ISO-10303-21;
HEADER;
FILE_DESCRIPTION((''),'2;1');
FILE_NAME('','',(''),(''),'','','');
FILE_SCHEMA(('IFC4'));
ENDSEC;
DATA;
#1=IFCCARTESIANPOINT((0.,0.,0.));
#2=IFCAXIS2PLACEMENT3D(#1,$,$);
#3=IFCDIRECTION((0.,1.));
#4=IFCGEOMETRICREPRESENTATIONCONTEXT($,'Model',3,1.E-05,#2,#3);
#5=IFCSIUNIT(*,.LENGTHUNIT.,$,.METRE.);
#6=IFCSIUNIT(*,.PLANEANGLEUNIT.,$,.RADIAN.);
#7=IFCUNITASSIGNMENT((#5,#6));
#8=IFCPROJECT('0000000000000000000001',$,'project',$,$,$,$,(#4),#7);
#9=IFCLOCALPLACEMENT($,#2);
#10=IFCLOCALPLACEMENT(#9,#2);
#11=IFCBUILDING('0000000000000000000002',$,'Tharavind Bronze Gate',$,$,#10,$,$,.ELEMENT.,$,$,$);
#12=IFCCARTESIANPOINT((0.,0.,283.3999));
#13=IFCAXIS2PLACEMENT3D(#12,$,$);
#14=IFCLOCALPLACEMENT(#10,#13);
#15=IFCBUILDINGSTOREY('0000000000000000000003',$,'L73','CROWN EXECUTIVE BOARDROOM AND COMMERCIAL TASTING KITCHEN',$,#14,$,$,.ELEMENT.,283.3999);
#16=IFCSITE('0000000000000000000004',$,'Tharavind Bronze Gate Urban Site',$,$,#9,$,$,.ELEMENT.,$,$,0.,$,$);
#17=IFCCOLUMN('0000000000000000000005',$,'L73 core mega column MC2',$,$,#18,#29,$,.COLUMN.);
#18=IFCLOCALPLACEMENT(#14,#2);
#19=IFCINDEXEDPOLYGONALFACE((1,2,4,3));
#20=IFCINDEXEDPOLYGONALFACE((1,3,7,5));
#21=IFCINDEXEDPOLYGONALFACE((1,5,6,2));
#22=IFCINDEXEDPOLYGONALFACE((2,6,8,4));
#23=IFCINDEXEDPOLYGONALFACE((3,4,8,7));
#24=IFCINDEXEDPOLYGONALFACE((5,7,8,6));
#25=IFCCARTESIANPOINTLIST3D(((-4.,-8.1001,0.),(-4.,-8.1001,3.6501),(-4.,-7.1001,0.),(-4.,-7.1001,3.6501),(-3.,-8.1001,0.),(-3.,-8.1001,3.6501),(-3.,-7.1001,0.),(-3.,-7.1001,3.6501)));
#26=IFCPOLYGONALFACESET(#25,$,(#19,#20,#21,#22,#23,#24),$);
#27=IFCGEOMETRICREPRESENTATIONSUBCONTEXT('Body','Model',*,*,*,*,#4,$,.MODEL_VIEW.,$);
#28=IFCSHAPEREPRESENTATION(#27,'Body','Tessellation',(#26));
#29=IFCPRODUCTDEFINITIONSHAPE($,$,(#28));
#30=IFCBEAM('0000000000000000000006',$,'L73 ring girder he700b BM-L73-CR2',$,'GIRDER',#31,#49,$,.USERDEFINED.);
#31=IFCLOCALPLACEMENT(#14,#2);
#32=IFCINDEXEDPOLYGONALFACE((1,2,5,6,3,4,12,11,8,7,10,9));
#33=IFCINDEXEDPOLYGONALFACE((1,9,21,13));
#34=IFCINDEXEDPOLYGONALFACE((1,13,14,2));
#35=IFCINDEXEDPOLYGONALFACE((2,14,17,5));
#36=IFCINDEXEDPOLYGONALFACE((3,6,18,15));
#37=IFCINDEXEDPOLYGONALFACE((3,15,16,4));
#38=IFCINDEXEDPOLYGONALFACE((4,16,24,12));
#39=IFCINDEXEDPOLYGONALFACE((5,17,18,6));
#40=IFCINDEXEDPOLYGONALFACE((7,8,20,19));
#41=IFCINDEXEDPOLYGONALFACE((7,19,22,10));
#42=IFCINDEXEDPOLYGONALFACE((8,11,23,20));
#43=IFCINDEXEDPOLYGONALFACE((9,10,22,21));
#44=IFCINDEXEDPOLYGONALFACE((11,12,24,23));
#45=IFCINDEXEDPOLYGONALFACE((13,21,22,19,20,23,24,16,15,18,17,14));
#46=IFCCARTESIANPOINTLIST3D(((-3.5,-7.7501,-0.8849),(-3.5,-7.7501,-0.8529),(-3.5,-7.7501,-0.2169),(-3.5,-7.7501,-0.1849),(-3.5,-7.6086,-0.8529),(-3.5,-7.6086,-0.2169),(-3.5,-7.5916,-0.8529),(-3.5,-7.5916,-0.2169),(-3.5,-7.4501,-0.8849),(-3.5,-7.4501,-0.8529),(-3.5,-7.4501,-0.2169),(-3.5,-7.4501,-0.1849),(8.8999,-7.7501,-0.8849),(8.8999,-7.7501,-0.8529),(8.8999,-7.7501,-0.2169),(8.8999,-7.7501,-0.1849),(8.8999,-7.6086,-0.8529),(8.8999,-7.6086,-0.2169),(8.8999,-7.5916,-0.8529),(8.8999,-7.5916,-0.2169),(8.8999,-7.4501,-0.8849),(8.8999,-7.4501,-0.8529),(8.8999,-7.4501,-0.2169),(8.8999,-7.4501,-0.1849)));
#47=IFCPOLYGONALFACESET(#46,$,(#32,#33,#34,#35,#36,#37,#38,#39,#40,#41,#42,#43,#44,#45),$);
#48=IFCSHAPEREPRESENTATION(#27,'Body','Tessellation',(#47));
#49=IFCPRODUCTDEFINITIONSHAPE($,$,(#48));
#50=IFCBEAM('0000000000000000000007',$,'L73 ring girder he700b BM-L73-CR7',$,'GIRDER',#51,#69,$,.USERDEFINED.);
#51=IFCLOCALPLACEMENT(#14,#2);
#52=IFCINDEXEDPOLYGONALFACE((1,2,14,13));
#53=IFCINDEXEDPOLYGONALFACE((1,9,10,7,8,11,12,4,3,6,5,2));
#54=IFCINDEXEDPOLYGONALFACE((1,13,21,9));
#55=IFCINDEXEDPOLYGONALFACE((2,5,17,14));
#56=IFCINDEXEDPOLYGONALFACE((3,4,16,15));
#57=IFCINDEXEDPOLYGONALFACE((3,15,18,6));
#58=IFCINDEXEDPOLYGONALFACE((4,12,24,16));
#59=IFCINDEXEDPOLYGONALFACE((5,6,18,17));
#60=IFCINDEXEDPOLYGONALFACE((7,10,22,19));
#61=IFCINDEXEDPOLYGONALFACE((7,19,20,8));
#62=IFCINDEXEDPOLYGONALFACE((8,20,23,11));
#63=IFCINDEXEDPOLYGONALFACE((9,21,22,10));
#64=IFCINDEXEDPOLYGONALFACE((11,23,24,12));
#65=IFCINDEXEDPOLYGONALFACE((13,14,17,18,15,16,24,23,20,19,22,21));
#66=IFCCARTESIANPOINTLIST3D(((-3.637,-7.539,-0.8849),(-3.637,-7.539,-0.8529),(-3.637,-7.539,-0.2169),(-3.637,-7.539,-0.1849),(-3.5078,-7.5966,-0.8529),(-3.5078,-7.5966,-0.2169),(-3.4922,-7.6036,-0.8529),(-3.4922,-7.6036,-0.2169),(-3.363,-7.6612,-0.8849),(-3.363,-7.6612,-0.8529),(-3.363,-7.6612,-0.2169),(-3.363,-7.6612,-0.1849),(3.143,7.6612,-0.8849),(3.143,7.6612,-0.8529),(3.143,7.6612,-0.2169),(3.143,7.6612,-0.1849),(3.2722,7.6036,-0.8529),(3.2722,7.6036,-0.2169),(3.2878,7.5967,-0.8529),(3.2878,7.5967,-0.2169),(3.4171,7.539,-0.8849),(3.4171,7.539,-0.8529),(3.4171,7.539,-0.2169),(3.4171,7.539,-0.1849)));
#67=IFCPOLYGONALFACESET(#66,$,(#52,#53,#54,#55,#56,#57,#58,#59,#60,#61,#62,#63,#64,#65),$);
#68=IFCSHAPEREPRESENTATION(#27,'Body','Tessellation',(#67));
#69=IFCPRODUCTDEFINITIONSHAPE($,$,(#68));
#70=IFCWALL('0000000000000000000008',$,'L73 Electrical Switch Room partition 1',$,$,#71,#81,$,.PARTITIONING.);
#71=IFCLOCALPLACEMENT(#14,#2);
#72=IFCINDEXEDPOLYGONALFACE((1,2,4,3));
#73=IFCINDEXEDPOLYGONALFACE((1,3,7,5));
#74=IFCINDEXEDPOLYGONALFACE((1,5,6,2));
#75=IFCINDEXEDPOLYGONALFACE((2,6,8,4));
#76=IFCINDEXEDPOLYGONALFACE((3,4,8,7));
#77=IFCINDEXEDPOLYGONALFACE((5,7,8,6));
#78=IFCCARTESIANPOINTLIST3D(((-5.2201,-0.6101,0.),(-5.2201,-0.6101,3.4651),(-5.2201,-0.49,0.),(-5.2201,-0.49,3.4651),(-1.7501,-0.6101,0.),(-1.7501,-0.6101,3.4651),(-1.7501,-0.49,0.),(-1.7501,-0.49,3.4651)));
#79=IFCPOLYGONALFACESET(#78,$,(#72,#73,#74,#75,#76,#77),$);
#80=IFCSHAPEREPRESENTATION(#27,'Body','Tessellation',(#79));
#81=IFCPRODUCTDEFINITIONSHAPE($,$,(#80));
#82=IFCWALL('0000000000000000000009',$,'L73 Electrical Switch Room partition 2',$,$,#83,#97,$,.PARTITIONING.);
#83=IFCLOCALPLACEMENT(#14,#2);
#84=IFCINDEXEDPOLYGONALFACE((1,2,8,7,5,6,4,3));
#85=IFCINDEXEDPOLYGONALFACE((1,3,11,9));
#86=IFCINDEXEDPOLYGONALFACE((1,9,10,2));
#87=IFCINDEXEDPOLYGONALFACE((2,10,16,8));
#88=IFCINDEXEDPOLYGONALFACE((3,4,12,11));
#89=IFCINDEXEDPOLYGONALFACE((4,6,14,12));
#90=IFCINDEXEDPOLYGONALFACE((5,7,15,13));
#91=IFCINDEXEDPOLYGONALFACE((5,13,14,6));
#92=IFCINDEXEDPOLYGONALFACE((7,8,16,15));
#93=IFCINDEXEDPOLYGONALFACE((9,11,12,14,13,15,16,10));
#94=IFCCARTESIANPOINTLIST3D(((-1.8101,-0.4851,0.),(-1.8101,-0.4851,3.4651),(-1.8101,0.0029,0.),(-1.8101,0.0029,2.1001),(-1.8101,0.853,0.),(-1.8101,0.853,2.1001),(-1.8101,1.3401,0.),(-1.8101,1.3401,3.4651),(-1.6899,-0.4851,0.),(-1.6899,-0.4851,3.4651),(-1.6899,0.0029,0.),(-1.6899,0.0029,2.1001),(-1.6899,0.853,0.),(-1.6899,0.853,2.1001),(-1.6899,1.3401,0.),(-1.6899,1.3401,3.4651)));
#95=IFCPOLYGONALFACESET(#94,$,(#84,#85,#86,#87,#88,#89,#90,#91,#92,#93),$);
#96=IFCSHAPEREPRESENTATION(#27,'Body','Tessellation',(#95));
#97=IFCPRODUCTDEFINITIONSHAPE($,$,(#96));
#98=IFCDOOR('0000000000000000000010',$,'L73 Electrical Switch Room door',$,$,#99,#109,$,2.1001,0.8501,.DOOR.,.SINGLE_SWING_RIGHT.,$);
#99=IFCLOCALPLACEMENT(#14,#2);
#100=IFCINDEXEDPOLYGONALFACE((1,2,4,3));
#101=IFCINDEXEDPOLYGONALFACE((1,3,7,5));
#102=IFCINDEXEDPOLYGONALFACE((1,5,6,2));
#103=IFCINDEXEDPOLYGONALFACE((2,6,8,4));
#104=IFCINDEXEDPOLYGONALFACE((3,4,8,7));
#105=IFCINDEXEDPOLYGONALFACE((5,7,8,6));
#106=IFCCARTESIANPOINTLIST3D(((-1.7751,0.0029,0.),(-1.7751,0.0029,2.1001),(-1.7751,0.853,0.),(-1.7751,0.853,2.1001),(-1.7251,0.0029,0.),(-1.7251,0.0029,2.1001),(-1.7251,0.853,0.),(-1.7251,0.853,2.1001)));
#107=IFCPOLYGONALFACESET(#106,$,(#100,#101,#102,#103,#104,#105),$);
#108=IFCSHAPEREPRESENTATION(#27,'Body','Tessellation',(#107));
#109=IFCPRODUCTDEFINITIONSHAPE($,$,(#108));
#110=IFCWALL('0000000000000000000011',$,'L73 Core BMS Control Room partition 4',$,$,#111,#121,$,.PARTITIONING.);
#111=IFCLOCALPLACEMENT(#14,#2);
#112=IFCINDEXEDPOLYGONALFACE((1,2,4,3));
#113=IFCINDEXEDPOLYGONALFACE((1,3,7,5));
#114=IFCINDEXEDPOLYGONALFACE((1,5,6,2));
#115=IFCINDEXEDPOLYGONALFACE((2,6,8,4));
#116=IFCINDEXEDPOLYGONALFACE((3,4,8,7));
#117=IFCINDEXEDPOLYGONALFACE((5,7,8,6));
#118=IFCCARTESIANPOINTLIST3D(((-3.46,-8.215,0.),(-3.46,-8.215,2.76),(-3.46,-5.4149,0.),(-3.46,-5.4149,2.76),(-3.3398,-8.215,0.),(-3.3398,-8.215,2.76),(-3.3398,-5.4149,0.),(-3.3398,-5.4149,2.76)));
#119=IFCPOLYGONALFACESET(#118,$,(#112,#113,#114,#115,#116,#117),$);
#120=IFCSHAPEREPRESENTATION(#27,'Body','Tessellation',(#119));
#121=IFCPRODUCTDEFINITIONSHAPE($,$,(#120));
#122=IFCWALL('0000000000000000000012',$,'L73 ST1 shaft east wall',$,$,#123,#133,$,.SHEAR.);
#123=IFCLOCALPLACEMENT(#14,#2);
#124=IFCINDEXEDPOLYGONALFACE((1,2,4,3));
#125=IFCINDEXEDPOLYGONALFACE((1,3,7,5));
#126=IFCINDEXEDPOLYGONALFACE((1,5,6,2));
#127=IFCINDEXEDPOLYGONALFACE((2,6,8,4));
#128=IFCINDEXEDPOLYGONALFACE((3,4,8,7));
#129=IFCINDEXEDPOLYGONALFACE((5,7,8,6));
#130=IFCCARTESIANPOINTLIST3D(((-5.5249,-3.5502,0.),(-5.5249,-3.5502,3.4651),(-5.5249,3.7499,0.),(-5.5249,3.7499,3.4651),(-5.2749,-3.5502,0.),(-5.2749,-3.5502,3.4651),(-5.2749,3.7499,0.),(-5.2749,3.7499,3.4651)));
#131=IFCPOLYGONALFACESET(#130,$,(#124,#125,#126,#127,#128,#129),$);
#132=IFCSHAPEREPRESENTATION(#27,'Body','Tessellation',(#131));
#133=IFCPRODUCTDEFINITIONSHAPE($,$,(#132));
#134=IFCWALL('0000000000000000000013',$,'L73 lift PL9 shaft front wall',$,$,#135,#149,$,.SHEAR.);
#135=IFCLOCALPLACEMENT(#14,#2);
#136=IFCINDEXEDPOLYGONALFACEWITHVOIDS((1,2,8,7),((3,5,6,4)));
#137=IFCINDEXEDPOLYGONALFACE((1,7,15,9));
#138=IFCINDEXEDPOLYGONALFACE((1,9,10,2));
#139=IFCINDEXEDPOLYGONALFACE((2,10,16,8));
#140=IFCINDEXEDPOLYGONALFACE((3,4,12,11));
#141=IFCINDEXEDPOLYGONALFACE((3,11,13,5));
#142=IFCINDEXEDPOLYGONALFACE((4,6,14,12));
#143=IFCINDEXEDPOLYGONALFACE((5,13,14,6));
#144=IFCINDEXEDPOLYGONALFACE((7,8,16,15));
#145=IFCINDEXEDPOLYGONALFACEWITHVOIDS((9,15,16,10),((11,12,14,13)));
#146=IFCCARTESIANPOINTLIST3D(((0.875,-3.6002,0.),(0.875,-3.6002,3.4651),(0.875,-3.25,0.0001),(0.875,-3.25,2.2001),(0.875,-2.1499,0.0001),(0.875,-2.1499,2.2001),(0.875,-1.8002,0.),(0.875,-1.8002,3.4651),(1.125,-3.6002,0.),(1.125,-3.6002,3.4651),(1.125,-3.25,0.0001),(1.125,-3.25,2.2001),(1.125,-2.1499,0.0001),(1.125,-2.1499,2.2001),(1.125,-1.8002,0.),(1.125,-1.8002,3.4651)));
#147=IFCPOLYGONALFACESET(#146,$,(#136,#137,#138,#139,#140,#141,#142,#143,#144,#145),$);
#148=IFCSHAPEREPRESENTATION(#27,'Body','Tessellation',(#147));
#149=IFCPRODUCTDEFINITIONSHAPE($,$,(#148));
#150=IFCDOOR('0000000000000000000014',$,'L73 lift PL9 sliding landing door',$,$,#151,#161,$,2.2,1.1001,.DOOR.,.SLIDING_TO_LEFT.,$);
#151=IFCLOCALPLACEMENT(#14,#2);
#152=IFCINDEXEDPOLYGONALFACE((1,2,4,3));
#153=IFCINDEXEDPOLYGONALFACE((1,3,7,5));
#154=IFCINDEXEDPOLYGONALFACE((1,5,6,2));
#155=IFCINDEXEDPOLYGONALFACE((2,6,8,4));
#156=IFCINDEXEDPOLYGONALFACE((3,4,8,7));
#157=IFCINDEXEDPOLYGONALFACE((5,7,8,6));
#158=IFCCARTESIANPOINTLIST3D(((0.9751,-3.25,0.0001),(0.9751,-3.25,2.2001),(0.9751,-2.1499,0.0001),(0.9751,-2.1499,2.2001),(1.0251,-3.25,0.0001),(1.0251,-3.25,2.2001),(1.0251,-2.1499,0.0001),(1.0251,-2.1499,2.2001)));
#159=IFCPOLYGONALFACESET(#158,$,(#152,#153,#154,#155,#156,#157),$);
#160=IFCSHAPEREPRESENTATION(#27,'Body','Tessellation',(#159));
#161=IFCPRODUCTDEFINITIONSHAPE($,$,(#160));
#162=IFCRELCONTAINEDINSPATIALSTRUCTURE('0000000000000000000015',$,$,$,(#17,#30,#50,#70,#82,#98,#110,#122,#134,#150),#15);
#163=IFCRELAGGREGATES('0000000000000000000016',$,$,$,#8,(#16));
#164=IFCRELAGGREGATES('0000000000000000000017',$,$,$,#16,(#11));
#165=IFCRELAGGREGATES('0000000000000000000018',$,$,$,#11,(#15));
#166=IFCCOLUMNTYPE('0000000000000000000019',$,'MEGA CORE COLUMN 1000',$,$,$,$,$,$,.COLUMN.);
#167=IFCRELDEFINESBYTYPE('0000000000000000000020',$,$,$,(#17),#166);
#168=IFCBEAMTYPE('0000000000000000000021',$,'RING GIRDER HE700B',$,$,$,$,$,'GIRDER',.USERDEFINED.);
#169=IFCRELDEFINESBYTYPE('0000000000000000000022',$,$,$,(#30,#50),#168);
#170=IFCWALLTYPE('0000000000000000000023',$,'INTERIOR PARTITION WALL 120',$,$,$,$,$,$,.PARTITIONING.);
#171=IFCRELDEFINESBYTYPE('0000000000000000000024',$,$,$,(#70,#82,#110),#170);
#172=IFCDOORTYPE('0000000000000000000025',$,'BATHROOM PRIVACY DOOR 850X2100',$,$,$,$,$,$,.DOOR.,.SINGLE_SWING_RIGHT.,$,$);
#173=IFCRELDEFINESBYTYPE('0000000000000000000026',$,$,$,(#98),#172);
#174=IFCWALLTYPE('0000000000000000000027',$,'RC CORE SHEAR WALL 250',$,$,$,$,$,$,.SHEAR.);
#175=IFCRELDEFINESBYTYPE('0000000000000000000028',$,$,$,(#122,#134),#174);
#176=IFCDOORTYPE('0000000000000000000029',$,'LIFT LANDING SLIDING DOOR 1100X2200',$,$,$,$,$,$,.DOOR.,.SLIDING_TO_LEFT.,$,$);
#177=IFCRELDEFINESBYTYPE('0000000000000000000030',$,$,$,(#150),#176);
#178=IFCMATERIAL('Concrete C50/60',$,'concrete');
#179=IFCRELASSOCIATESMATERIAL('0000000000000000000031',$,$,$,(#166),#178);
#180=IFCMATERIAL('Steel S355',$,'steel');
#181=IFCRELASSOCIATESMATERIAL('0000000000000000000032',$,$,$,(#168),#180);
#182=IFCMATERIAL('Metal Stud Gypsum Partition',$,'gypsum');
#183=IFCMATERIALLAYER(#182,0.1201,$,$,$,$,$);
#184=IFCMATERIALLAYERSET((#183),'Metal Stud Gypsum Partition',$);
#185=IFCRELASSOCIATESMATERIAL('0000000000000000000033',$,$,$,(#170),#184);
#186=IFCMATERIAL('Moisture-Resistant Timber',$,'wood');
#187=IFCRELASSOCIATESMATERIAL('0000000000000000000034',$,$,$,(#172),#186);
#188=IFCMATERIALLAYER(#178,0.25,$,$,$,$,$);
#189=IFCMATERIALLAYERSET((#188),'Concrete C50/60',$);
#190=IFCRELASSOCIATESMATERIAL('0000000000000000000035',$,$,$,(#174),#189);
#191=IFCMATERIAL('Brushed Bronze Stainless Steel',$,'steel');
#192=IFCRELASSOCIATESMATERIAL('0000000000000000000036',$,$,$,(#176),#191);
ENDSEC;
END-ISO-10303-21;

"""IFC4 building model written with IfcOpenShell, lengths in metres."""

from ifc_helpers import new_model, si_unit, direction, frame, frame_2d, origin, origin_2d, place, context, subcontext, project, spatial, rectangle, i_section, extrude, material, layer, layer_set, material_profile, profile_set, type_object, element, fill, save


model = new_model("IFC4")

# Units and contexts
model_context = context("Model", 3, precision=1e-05, world=origin(), true_north=direction((0.0, 1.0)))
body_context = subcontext(model_context, "Body", "Model", "MODEL_VIEW")
ifc_project = project(units=[si_unit("LENGTHUNIT", "METRE"), si_unit("PLANEANGLEUNIT", "RADIAN")], contexts=[model_context])

# Site, building, storey
site_placement = place(None, origin())
site = spatial("IfcSite", under=ifc_project, at=site_placement, Name="Tharavind Bronze Gate Urban Site", CompositionType="ELEMENT", RefElevation=0.0)
building_placement = place(site_placement, origin())
building = spatial("IfcBuilding", under=site, at=building_placement, Name="Tharavind Bronze Gate", CompositionType="ELEMENT")
storey_placement = place(building_placement, frame((0.0, 0.0, 283.3999)))
storey = spatial("IfcBuildingStorey", under=building, at=storey_placement, Name="L73", Description="CROWN EXECUTIVE BOARDROOM AND COMMERCIAL TASTING KITCHEN", CompositionType="ELEMENT", Elevation=283.3999)

# Column
ifc_material_1 = material(Name="Concrete C50/60", Category="concrete")
ifc_material_profile_1 = material_profile(ifc_material_1, rectangle(XDim=1.0, YDim=1.0, at=origin_2d()), Name="RCCOL1000")
ifc_profile_set_1 = profile_set([ifc_material_profile_1], Name="Concrete C50/60")
column_type = type_object("IfcColumnType", Name="MEGA CORE COLUMN 1000", PredefinedType="COLUMN", material=ifc_profile_set_1)
column_placement = place(storey_placement, frame((-3.5, -7.6001, 0.0), z_axis=(0.0, 0.0, 1.0), x_axis=(1.0, 0.0, 0.0)))
element("IfcColumn", 1, at=column_placement, inside=storey, type_object=column_type, Name="L73 core mega column MC2", PredefinedType="COLUMN", context=body_context, shape_type="SweptSolid", body=[
    extrude(rectangle(XDim=1.0, YDim=1.0, at=origin_2d()), origin(), (0.0, 0.0, 1.0), 3.6501),
])

# Beams
ifc_material_2 = material(Name="Steel S355", Category="steel")
ifc_material_profile_2 = material_profile(ifc_material_2, i_section(OverallWidth=0.3, OverallDepth=0.7, WebThickness=0.0171, FlangeThickness=0.032, at=origin_2d()), Name="HE700B")
ifc_profile_set_2 = profile_set([ifc_material_profile_2], Name="Steel S355")
beam_type = type_object("IfcBeamType", Name="RING GIRDER HE700B", ElementType="GIRDER", PredefinedType="USERDEFINED", material=ifc_profile_set_2)
beam_1_placement = place(storey_placement, frame((-3.5, -7.6001, -0.5349), z_axis=(1.0, 0.0, 0.0), x_axis=(0.0, 1.0, 0.0)))
element("IfcBeam", 2, at=beam_1_placement, inside=storey, type_object=beam_type, Name="L73 ring girder he700b BM-L73-CR2", ObjectType="GIRDER", PredefinedType="USERDEFINED", context=body_context, shape_type="SweptSolid", body=[
    extrude(i_section(OverallWidth=0.3, OverallDepth=0.7, WebThickness=0.0171, FlangeThickness=0.032, at=origin_2d()), origin(), (0.0, 0.0, 1.0), 12.3999),
])
beam_2_placement = place(storey_placement, frame((-3.5, -7.6001, -0.5349), z_axis=(0.407362, 0.913267, 0.0), x_axis=(-0.913267, 0.407362, 0.0)))
element("IfcBeam", 3, at=beam_2_placement, inside=storey, type_object=beam_type, Name="L73 ring girder he700b BM-L73-CR7", ObjectType="GIRDER", PredefinedType="USERDEFINED", context=body_context, shape_type="SweptSolid", body=[
    extrude(i_section(OverallWidth=0.3, OverallDepth=0.7, WebThickness=0.0171, FlangeThickness=0.032, at=origin_2d()), origin(), (0.0, 0.0, 1.0), 16.6438),
])

# Wall
ifc_material_3 = material(Name="Metal Stud Gypsum Partition", Category="gypsum")
ifc_layer_1 = layer(ifc_material_3, 0.1201)
ifc_layer_set_1 = layer_set([ifc_layer_1], Name="Metal Stud Gypsum Partition")
wall_type_1 = type_object("IfcWallType", Name="INTERIOR PARTITION WALL 120", PredefinedType="PARTITIONING", material=ifc_layer_set_1)
wall_1_placement = place(storey_placement, frame((-5.22, -0.55, 0.0), z_axis=(0.0, 0.0, 1.0), x_axis=(1.0, 0.0, 0.0)))
element("IfcWall", 4, at=wall_1_placement, inside=storey, type_object=wall_type_1, Name="L73 Electrical Switch Room partition 1", PredefinedType="PARTITIONING", context=body_context, shape_type="SweptSolid", body=[
    extrude(rectangle(XDim=3.47, YDim=0.1201, at=frame_2d((1.7349, 0.0))), origin(), (0.0, 0.0, 1.0), 3.4651),
])

# Wall, opening, door
wall_2_placement = place(storey_placement, frame((-1.75, -0.4851, 0.0), z_axis=(0.0, 0.0, 1.0), x_axis=(0.0, 1.0, 0.0)))
wall_2 = element("IfcWall", 5, at=wall_2_placement, inside=storey, type_object=wall_type_1, Name="L73 Electrical Switch Room partition 2", PredefinedType="PARTITIONING", context=body_context, shape_type="SweptSolid", body=[
    extrude(rectangle(XDim=1.8252, YDim=0.1201, at=frame_2d((0.9126, 0.0))), origin(), (0.0, 0.0, 1.0), 3.4651),
])
opening_1_placement = place(wall_2_placement, frame((0.488, 0.0, 0.0)))
opening_1 = element("IfcOpeningElement", 6, at=opening_1_placement, cuts=wall_2, PredefinedType="OPENING", context=body_context, shape_type="SweptSolid", body=[
    extrude(rectangle(XDim=0.8501, YDim=2.1001, at=frame_2d((0.425, 1.05))), frame((0.0, 0.0701, 0.0), z_axis=(0.0, -1.0, 0.0), x_axis=(1.0, 0.0, 0.0)), (0.0, 0.0, 1.0), 0.1401),
])
ifc_material_4 = material(Name="Moisture-Resistant Timber", Category="wood")
door_type_1 = type_object("IfcDoorType", Name="BATHROOM PRIVACY DOOR 850X2100", OperationType="SINGLE_SWING_RIGHT", PredefinedType="DOOR", material=ifc_material_4)
door_1_placement = place(opening_1_placement, frame((0.8501, 0.0, 0.0), z_axis=(0.0, 0.0, 1.0), x_axis=(-1.0, 0.0, 0.0)))
door_1 = element("IfcDoor", 7, at=door_1_placement, inside=storey, type_object=door_type_1, Name="L73 Electrical Switch Room door", OperationType="SINGLE_SWING_RIGHT", OverallHeight=2.1001, OverallWidth=0.8501, PredefinedType="DOOR", context=body_context, shape_type="SweptSolid", body=[
    extrude(rectangle(XDim=0.8501, YDim=2.1001, at=frame_2d((0.425, 1.05))), frame((0.0, 0.0249, 0.0), z_axis=(0.0, -1.0, 0.0), x_axis=(1.0, 0.0, 0.0)), (0.0, 0.0, 1.0), 0.05),
])
fill(opening_1, door_1)

# Walls
wall_3_placement = place(storey_placement, frame((-3.3999, -5.415, 0.0), z_axis=(0.0, 0.0, 1.0), x_axis=(0.0, -1.0, 0.0)))
element("IfcWall", 8, at=wall_3_placement, inside=storey, type_object=wall_type_1, Name="L73 Core BMS Control Room partition 4", PredefinedType="PARTITIONING", context=body_context, shape_type="SweptSolid", body=[
    extrude(rectangle(XDim=2.8, YDim=0.1201, at=frame_2d((1.3999, 0.0))), origin(), (0.0, 0.0, 1.0), 2.76),
])
ifc_layer_2 = layer(ifc_material_1, 0.25)
ifc_layer_set_2 = layer_set([ifc_layer_2], Name="Concrete C50/60")
wall_type_2 = type_object("IfcWallType", Name="RC CORE SHEAR WALL 250", PredefinedType="SHEAR", material=ifc_layer_set_2)
wall_4_placement = place(storey_placement, frame((-5.3999, -3.55, 0.0), z_axis=(0.0, 0.0, 1.0), x_axis=(0.0, 1.0, 0.0)))
element("IfcWall", 9, at=wall_4_placement, inside=storey, type_object=wall_type_2, Name="L73 ST1 shaft east wall", PredefinedType="SHEAR", context=body_context, shape_type="SweptSolid", body=[
    extrude(rectangle(XDim=7.3, YDim=0.25, at=frame_2d((3.6499, 0.0))), origin(), (0.0, 0.0, 1.0), 3.4651),
])

# Wall, opening, door
wall_5_placement = place(storey_placement, frame((1.0, -3.6001, 0.0), z_axis=(0.0, 0.0, 1.0), x_axis=(0.0, 1.0, 0.0)))
wall_5 = element("IfcWall", 10, at=wall_5_placement, inside=storey, type_object=wall_type_2, Name="L73 lift PL9 shaft front wall", PredefinedType="SHEAR", context=body_context, shape_type="SweptSolid", body=[
    extrude(rectangle(XDim=1.8, YDim=0.25, at=frame_2d((0.8999, 0.0))), origin(), (0.0, 0.0, 1.0), 3.4651),
])
opening_2_placement = place(wall_5_placement, frame((0.3501, 0.0, 0.0)))
opening_2 = element("IfcOpeningElement", 11, at=opening_2_placement, cuts=wall_5, PredefinedType="OPENING", context=body_context, shape_type="SweptSolid", body=[
    extrude(rectangle(XDim=1.1001, YDim=2.2, at=frame_2d((0.55, 1.1001))), frame((0.0, 0.135, 0.0), z_axis=(0.0, -1.0, 0.0), x_axis=(1.0, 0.0, 0.0)), (0.0, 0.0, 1.0), 0.27),
])
ifc_material_5 = material(Name="Brushed Bronze Stainless Steel", Category="steel")
door_type_2 = type_object("IfcDoorType", Name="LIFT LANDING SLIDING DOOR 1100X2200", OperationType="SLIDING_TO_LEFT", PredefinedType="DOOR", material=ifc_material_5)
door_2_placement = place(opening_2_placement, origin())
door_2 = element("IfcDoor", 12, at=door_2_placement, inside=storey, type_object=door_type_2, Name="L73 lift PL9 sliding landing door", OperationType="SLIDING_TO_LEFT", OverallHeight=2.2, OverallWidth=1.1001, PredefinedType="DOOR", context=body_context, shape_type="SweptSolid", body=[
    extrude(rectangle(XDim=1.1001, YDim=2.2, at=frame_2d((0.55, 1.1001))), frame((0.0, 0.0249, 0.0), z_axis=(0.0, -1.0, 0.0), x_axis=(1.0, 0.0, 0.0)), (0.0, 0.0, 1.0), 0.05),
])
fill(opening_2, door_2)

save(model, "model.ifc")
